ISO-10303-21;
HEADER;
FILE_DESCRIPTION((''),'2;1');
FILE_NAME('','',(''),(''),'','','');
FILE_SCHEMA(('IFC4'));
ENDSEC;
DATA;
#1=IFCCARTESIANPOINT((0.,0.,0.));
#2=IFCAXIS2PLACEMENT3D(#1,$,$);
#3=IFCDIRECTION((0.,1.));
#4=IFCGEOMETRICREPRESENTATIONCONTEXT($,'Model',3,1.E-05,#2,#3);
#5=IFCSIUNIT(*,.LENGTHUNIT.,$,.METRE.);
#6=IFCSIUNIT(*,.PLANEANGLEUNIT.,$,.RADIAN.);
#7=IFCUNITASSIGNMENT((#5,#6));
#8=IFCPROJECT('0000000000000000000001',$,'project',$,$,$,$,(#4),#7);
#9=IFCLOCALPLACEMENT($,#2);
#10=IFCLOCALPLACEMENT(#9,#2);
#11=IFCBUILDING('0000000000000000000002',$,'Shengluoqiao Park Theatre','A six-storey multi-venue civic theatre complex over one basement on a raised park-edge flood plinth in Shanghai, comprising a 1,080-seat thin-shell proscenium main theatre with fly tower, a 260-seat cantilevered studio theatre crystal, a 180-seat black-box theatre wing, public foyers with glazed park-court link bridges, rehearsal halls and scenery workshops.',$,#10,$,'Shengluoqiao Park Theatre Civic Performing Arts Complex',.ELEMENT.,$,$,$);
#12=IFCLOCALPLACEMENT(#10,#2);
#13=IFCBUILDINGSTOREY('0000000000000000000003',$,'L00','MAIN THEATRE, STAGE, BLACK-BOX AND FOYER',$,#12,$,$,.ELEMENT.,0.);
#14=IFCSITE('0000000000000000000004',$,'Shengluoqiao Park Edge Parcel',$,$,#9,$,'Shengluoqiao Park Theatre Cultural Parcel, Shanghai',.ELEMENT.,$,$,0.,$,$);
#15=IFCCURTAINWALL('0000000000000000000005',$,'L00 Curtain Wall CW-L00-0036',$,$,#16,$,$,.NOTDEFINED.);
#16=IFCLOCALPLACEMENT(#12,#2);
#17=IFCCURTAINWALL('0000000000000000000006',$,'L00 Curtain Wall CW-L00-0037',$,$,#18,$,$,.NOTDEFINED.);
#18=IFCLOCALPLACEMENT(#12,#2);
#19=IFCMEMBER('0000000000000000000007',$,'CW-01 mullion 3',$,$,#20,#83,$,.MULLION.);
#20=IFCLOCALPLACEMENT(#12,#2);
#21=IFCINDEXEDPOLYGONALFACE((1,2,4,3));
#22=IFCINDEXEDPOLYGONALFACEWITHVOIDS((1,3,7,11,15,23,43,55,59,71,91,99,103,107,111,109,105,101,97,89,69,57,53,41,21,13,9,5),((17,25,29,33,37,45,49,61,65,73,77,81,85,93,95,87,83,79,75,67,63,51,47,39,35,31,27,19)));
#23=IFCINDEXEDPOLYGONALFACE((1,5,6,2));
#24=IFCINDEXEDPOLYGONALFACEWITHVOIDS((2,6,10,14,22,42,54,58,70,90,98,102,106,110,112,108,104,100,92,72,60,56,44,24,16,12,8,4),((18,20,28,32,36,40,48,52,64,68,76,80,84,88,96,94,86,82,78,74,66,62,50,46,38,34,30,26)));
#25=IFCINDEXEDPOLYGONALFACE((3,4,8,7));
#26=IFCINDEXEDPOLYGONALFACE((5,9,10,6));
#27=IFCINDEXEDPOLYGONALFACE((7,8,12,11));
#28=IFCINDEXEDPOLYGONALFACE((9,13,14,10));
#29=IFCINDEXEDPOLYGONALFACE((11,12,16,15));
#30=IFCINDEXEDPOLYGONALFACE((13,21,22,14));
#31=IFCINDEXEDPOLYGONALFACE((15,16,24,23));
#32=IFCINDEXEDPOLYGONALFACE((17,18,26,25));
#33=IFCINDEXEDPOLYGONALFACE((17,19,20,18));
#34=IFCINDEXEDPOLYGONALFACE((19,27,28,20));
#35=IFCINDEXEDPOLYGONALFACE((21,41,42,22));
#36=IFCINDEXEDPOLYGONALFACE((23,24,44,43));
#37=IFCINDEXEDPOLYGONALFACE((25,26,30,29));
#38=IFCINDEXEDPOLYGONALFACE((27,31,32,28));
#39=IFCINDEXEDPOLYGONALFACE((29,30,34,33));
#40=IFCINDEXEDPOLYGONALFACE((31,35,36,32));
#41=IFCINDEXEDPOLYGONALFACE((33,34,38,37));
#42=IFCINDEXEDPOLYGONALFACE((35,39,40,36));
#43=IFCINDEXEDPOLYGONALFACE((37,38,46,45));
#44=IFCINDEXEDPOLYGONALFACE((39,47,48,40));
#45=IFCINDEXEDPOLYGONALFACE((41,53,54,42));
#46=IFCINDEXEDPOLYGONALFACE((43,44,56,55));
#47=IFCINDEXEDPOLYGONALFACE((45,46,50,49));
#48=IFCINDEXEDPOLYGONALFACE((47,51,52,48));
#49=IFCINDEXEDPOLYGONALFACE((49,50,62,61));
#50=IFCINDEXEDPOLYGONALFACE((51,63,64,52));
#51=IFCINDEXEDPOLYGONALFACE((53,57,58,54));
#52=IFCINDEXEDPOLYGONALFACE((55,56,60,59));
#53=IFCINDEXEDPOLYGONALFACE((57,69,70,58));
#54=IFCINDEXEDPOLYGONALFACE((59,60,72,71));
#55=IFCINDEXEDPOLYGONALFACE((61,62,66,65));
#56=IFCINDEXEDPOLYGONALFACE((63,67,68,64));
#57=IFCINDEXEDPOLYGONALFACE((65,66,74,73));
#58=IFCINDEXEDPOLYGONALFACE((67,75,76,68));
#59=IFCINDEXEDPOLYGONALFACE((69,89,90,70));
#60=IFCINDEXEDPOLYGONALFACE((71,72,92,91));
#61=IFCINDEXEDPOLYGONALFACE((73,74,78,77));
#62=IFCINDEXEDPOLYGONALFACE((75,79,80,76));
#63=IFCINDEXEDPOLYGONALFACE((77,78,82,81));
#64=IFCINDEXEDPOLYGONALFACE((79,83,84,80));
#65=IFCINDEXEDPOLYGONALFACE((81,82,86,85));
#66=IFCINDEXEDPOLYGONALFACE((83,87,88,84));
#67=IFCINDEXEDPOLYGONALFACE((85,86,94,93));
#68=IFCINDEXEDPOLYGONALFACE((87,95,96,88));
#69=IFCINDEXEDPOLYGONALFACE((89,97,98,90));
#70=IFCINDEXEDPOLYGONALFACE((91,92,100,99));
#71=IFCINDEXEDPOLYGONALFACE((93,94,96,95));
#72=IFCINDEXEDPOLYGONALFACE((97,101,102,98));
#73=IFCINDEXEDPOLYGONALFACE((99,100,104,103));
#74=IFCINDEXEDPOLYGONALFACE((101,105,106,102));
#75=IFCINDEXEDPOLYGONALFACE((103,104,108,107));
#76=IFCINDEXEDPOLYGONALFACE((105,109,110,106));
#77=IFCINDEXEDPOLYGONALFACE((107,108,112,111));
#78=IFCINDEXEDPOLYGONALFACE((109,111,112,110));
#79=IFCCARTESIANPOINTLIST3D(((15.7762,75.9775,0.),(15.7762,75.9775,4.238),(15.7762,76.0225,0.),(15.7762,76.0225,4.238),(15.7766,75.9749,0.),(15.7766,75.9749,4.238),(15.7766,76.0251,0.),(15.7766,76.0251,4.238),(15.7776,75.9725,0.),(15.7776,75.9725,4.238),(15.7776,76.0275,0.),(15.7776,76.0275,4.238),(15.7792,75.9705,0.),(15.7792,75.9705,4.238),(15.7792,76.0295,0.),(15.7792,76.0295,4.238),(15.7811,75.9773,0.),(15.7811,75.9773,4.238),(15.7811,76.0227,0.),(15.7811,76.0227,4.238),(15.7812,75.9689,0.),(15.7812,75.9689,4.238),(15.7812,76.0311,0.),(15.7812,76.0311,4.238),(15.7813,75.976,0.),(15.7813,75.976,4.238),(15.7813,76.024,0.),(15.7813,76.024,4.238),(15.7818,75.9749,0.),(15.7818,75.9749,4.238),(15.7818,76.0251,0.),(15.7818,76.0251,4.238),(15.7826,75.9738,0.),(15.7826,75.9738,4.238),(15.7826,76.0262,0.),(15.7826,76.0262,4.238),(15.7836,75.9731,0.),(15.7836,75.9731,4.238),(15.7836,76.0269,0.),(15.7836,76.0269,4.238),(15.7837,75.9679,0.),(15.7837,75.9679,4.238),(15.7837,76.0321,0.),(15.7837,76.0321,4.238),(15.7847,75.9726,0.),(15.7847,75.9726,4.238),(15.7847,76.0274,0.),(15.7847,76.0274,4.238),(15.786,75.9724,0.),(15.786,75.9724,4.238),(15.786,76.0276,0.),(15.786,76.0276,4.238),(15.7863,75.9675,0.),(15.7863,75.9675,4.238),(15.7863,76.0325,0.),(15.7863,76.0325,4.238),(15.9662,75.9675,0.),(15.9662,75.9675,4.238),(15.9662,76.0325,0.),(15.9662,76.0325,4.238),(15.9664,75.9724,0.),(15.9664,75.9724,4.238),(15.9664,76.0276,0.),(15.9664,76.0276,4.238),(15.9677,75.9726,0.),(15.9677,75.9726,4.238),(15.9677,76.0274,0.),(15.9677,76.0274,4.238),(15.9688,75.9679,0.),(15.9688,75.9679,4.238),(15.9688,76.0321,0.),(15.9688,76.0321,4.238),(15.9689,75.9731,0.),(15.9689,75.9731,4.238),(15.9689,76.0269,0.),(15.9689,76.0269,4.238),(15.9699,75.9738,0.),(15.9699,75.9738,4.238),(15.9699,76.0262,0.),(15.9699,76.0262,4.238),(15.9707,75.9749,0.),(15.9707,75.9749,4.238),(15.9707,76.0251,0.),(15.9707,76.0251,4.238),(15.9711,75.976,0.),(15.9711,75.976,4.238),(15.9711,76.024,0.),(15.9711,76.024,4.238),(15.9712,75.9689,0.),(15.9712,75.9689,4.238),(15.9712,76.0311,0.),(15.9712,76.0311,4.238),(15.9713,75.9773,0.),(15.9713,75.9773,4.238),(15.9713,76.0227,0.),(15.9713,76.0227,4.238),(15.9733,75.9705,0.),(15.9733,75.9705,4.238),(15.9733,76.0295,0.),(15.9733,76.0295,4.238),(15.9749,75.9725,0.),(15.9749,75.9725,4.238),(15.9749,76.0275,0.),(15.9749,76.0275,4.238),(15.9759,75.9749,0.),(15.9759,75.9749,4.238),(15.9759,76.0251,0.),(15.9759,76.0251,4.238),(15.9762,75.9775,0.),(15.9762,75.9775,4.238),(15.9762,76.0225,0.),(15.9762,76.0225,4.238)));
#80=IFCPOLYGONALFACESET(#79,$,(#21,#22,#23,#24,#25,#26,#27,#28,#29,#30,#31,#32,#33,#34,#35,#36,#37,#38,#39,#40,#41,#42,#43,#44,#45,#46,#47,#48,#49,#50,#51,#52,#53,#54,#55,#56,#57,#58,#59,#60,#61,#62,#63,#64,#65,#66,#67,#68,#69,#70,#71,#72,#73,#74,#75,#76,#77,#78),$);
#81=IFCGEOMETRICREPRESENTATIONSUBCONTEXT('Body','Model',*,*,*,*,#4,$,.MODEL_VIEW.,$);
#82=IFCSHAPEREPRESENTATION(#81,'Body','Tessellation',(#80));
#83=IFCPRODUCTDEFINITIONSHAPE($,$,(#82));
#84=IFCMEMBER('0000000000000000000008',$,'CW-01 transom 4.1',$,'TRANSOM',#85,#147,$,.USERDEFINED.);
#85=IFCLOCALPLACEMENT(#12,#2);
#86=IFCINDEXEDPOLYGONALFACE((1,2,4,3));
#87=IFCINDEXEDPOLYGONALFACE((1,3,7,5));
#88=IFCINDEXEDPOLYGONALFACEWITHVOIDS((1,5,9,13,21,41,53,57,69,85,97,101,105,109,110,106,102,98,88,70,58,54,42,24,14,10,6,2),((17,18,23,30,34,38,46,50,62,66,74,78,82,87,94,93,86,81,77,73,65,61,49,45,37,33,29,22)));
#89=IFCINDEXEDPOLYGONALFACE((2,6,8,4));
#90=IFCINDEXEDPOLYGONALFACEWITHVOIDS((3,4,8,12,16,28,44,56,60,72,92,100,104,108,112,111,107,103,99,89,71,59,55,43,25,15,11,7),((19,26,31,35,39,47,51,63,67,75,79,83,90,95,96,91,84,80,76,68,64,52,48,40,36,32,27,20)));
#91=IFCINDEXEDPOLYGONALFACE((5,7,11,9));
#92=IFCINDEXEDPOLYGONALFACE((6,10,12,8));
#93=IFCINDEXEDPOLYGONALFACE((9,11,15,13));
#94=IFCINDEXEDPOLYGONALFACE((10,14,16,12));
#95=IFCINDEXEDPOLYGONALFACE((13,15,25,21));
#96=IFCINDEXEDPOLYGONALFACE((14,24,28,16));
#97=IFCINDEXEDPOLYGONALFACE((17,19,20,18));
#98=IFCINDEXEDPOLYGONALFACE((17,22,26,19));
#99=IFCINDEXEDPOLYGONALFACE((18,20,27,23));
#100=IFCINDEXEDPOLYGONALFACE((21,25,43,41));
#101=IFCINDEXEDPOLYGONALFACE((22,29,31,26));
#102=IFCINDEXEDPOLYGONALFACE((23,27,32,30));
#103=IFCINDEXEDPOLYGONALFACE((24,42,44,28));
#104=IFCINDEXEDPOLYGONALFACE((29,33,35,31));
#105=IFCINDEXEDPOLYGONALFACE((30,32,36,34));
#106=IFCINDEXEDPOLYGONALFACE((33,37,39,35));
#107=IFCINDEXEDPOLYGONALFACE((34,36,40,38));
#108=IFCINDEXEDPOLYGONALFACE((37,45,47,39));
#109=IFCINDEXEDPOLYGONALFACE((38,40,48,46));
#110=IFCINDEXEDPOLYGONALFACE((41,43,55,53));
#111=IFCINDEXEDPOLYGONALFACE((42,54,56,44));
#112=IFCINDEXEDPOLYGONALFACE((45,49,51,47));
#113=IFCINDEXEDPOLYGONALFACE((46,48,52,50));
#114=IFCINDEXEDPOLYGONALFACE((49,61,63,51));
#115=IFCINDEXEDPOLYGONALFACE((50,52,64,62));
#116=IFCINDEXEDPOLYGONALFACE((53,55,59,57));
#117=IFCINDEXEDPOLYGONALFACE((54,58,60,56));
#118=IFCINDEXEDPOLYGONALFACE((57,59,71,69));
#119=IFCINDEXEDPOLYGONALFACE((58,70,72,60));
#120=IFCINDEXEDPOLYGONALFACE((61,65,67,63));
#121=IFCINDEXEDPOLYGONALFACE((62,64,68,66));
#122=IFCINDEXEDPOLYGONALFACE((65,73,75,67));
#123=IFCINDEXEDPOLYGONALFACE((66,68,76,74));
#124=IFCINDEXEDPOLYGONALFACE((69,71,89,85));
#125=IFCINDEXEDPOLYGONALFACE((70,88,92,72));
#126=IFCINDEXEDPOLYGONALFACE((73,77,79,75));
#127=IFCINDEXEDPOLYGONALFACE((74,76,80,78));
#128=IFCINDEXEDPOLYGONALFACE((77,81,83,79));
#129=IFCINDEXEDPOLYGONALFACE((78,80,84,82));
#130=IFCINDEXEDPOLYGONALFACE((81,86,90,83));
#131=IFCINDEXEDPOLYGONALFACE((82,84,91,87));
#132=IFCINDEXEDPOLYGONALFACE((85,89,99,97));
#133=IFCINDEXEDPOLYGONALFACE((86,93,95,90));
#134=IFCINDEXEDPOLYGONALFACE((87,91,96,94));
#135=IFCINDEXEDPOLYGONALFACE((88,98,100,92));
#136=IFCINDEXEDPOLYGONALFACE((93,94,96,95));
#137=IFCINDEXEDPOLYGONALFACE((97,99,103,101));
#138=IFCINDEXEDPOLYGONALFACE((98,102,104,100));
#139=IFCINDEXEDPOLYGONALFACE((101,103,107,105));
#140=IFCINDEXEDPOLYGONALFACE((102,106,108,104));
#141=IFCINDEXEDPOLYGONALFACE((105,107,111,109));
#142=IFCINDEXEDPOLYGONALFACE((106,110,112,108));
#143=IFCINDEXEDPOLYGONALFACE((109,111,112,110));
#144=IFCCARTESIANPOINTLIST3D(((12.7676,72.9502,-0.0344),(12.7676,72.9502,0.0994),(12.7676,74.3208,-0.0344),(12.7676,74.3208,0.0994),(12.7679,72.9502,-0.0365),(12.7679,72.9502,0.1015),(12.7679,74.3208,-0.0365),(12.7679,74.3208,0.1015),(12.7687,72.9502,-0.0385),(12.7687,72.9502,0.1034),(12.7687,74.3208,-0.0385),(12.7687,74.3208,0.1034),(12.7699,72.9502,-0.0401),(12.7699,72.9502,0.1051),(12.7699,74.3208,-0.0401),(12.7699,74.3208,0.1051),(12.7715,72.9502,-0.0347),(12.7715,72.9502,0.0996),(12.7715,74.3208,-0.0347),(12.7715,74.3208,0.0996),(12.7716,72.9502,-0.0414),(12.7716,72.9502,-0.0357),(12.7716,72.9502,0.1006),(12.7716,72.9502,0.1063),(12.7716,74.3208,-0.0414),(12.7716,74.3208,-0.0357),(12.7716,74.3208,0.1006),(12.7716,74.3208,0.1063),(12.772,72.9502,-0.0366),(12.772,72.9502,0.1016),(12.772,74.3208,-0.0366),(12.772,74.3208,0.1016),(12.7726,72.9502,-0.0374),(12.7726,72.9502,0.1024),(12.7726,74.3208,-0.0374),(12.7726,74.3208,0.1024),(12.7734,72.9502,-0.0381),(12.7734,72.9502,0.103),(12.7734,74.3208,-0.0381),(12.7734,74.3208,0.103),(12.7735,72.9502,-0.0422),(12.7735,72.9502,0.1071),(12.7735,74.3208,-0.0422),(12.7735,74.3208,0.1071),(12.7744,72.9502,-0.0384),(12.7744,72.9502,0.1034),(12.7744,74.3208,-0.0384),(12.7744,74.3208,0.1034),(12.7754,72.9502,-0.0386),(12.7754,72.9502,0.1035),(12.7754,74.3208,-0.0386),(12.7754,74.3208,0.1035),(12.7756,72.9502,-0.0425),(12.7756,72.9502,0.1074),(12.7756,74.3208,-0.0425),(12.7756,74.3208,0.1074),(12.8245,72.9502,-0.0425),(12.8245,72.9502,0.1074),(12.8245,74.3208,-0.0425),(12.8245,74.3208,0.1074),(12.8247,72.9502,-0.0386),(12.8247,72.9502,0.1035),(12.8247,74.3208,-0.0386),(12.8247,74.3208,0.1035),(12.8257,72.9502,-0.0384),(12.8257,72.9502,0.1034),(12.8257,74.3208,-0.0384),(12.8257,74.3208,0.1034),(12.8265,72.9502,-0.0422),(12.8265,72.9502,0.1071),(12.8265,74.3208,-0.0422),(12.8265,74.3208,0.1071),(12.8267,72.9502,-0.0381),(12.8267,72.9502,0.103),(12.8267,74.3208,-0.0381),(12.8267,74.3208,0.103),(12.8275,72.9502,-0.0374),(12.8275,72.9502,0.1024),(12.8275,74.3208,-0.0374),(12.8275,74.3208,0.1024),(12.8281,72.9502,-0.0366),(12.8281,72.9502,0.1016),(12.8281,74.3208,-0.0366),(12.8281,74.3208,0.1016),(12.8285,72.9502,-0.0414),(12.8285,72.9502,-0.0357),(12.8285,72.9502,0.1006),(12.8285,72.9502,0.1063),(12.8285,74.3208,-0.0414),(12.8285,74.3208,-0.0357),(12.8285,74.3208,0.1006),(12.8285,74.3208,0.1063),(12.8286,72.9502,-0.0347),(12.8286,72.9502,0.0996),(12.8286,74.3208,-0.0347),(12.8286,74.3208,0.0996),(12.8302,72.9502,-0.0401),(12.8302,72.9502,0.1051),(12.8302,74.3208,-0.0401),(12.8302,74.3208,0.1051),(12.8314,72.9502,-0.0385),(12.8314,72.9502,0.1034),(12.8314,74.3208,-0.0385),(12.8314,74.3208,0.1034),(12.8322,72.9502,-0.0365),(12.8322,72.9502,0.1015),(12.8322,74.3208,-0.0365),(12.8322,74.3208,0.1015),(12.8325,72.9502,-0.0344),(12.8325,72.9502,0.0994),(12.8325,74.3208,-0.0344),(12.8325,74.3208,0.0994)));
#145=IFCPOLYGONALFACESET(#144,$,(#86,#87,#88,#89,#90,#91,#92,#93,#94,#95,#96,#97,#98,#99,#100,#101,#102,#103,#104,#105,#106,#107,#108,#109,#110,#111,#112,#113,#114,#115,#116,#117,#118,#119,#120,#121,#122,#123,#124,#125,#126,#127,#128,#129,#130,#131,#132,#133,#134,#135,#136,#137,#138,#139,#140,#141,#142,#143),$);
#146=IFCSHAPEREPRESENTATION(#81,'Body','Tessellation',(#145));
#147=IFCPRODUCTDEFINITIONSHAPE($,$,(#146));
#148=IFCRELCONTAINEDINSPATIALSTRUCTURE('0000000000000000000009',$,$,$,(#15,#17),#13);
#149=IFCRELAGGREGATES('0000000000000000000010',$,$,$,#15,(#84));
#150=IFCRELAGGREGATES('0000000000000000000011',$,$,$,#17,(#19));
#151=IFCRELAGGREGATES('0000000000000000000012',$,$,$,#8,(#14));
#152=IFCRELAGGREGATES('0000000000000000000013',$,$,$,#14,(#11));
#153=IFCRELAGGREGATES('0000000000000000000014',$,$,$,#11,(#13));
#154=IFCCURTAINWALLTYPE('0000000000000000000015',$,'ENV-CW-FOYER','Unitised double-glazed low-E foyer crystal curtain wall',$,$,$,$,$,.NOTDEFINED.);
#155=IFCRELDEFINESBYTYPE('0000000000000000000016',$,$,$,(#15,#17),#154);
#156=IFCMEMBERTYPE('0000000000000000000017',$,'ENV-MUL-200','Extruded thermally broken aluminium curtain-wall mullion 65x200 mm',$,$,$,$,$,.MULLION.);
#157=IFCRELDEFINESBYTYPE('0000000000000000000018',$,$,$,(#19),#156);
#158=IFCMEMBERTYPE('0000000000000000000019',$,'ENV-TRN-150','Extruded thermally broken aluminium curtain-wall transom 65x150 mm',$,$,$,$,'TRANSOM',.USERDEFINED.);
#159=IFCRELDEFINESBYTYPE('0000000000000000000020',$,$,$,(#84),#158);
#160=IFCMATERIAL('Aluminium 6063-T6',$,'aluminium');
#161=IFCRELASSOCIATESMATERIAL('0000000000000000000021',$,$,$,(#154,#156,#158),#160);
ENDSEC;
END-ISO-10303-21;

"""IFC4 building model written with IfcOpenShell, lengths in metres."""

from ifc_helpers import new_model, si_unit, direction, frame, origin, origin_2d, place, context, subcontext, project, spatial, hollow_rectangle, extrude, material, material_profile, profile_set, type_object, element, aggregate, save


model = new_model("IFC4")

# Units and contexts
model_context = context("Model", 3, precision=1e-05, world=origin(), true_north=direction((0.0, 1.0)))
body_context = subcontext(model_context, "Body", "Model", "MODEL_VIEW")
ifc_project = project(units=[si_unit("LENGTHUNIT", "METRE"), si_unit("PLANEANGLEUNIT", "RADIAN")], contexts=[model_context])

# Site, building, storey
site_placement = place(None, origin())
site = spatial("IfcSite", under=ifc_project, at=site_placement, Name="Shengluoqiao Park Edge Parcel", LongName="Shengluoqiao Park Theatre Cultural Parcel, Shanghai", CompositionType="ELEMENT", RefElevation=0.0)
building_placement = place(site_placement, origin())
building = spatial("IfcBuilding", under=site, at=building_placement, Name="Shengluoqiao Park Theatre", Description="A six-storey multi-venue civic theatre complex over one basement on a raised park-edge flood plinth in Shanghai, comprising a 1,080-seat thin-shell proscenium main theatre with fly tower, a 260-seat cantilevered studio theatre crystal, a 180-seat black-box theatre wing, public foyers with glazed park-court link bridges, rehearsal halls and scenery workshops.", LongName="Shengluoqiao Park Theatre Civic Performing Arts Complex", CompositionType="ELEMENT")
storey_placement = place(building_placement, origin())
storey = spatial("IfcBuildingStorey", under=building, at=storey_placement, Name="L00", Description="MAIN THEATRE, STAGE, BLACK-BOX AND FOYER", CompositionType="ELEMENT", Elevation=0.0)

# Curtain walls, member
ifc_material_1 = material(Name="Aluminium 6063-T6", Category="aluminium")
curtain_wall_type = type_object("IfcCurtainWallType", Name="ENV-CW-FOYER", Description="Unitised double-glazed low-E foyer crystal curtain wall", PredefinedType="NOTDEFINED", material=ifc_material_1)
curtain_wall_1_placement = place(storey_placement, origin())
curtain_wall_1 = element("IfcCurtainWall", 1, at=curtain_wall_1_placement, inside=storey, type_object=curtain_wall_type, Name="L00 Curtain Wall CW-L00-0036", PredefinedType="NOTDEFINED")
ifc_material_profile_1 = material_profile(ifc_material_1, hollow_rectangle(XDim=0.0649, YDim=0.2, WallThickness=0.0049, InnerFilletRadius=0.0049, OuterFilletRadius=0.01, at=origin_2d()), Name="ALU MULLION 200x65x5")
ifc_profile_set_1 = profile_set([ifc_material_profile_1], Name="Aluminium 6063-T6")
member_type_1 = type_object("IfcMemberType", Name="ENV-MUL-200", Description="Extruded thermally broken aluminium curtain-wall mullion 65x200 mm", PredefinedType="MULLION", material=ifc_profile_set_1)
curtain_wall_2_placement = place(storey_placement, origin())
curtain_wall_2 = element("IfcCurtainWall", 2, at=curtain_wall_2_placement, inside=storey, type_object=curtain_wall_type, Name="L00 Curtain Wall CW-L00-0037", PredefinedType="NOTDEFINED")
member_1_placement = place(storey_placement, frame((15.8762, 76.0, 0.0), z_axis=(0.0, 0.0, 1.0), x_axis=(0.0, 1.0, 0.0)))
member_1 = element("IfcMember", 3, at=member_1_placement, type_object=member_type_1, Name="CW-01 mullion 3", PredefinedType="MULLION", context=body_context, shape_type="SweptSolid", body=[
    extrude(hollow_rectangle(XDim=0.0649, YDim=0.2, WallThickness=0.0049, InnerFilletRadius=0.0049, OuterFilletRadius=0.01, at=origin_2d()), origin(), (0.0, 0.0, 1.0), 4.238),
])

# Member
ifc_material_profile_2 = material_profile(ifc_material_1, hollow_rectangle(XDim=0.0649, YDim=0.1499, WallThickness=0.0039, InnerFilletRadius=0.0039, OuterFilletRadius=0.0081, at=origin_2d()), Name="ALU TRANSOM 150x65x4")
ifc_profile_set_2 = profile_set([ifc_material_profile_2], Name="Aluminium 6063-T6")
member_type_2 = type_object("IfcMemberType", Name="ENV-TRN-150", Description="Extruded thermally broken aluminium curtain-wall transom 65x150 mm", ElementType="TRANSOM", PredefinedType="USERDEFINED", material=ifc_profile_set_2)
member_2_placement = place(storey_placement, frame((12.8, 72.9502, 0.0325), z_axis=(0.0, 1.0, 0.0), x_axis=(-1.0, 0.0, 0.0)))
member_2 = element("IfcMember", 4, at=member_2_placement, type_object=member_type_2, Name="CW-01 transom 4.1", ObjectType="TRANSOM", PredefinedType="USERDEFINED", context=body_context, shape_type="SweptSolid", body=[
    extrude(hollow_rectangle(XDim=0.0649, YDim=0.1499, WallThickness=0.0039, InnerFilletRadius=0.0039, OuterFilletRadius=0.0081, at=origin_2d()), origin(), (0.0, 0.0, 1.0), 1.3706),
])

aggregate(curtain_wall_1, [member_2])
aggregate(curtain_wall_2, [member_1])

save(model, "model.ifc")
